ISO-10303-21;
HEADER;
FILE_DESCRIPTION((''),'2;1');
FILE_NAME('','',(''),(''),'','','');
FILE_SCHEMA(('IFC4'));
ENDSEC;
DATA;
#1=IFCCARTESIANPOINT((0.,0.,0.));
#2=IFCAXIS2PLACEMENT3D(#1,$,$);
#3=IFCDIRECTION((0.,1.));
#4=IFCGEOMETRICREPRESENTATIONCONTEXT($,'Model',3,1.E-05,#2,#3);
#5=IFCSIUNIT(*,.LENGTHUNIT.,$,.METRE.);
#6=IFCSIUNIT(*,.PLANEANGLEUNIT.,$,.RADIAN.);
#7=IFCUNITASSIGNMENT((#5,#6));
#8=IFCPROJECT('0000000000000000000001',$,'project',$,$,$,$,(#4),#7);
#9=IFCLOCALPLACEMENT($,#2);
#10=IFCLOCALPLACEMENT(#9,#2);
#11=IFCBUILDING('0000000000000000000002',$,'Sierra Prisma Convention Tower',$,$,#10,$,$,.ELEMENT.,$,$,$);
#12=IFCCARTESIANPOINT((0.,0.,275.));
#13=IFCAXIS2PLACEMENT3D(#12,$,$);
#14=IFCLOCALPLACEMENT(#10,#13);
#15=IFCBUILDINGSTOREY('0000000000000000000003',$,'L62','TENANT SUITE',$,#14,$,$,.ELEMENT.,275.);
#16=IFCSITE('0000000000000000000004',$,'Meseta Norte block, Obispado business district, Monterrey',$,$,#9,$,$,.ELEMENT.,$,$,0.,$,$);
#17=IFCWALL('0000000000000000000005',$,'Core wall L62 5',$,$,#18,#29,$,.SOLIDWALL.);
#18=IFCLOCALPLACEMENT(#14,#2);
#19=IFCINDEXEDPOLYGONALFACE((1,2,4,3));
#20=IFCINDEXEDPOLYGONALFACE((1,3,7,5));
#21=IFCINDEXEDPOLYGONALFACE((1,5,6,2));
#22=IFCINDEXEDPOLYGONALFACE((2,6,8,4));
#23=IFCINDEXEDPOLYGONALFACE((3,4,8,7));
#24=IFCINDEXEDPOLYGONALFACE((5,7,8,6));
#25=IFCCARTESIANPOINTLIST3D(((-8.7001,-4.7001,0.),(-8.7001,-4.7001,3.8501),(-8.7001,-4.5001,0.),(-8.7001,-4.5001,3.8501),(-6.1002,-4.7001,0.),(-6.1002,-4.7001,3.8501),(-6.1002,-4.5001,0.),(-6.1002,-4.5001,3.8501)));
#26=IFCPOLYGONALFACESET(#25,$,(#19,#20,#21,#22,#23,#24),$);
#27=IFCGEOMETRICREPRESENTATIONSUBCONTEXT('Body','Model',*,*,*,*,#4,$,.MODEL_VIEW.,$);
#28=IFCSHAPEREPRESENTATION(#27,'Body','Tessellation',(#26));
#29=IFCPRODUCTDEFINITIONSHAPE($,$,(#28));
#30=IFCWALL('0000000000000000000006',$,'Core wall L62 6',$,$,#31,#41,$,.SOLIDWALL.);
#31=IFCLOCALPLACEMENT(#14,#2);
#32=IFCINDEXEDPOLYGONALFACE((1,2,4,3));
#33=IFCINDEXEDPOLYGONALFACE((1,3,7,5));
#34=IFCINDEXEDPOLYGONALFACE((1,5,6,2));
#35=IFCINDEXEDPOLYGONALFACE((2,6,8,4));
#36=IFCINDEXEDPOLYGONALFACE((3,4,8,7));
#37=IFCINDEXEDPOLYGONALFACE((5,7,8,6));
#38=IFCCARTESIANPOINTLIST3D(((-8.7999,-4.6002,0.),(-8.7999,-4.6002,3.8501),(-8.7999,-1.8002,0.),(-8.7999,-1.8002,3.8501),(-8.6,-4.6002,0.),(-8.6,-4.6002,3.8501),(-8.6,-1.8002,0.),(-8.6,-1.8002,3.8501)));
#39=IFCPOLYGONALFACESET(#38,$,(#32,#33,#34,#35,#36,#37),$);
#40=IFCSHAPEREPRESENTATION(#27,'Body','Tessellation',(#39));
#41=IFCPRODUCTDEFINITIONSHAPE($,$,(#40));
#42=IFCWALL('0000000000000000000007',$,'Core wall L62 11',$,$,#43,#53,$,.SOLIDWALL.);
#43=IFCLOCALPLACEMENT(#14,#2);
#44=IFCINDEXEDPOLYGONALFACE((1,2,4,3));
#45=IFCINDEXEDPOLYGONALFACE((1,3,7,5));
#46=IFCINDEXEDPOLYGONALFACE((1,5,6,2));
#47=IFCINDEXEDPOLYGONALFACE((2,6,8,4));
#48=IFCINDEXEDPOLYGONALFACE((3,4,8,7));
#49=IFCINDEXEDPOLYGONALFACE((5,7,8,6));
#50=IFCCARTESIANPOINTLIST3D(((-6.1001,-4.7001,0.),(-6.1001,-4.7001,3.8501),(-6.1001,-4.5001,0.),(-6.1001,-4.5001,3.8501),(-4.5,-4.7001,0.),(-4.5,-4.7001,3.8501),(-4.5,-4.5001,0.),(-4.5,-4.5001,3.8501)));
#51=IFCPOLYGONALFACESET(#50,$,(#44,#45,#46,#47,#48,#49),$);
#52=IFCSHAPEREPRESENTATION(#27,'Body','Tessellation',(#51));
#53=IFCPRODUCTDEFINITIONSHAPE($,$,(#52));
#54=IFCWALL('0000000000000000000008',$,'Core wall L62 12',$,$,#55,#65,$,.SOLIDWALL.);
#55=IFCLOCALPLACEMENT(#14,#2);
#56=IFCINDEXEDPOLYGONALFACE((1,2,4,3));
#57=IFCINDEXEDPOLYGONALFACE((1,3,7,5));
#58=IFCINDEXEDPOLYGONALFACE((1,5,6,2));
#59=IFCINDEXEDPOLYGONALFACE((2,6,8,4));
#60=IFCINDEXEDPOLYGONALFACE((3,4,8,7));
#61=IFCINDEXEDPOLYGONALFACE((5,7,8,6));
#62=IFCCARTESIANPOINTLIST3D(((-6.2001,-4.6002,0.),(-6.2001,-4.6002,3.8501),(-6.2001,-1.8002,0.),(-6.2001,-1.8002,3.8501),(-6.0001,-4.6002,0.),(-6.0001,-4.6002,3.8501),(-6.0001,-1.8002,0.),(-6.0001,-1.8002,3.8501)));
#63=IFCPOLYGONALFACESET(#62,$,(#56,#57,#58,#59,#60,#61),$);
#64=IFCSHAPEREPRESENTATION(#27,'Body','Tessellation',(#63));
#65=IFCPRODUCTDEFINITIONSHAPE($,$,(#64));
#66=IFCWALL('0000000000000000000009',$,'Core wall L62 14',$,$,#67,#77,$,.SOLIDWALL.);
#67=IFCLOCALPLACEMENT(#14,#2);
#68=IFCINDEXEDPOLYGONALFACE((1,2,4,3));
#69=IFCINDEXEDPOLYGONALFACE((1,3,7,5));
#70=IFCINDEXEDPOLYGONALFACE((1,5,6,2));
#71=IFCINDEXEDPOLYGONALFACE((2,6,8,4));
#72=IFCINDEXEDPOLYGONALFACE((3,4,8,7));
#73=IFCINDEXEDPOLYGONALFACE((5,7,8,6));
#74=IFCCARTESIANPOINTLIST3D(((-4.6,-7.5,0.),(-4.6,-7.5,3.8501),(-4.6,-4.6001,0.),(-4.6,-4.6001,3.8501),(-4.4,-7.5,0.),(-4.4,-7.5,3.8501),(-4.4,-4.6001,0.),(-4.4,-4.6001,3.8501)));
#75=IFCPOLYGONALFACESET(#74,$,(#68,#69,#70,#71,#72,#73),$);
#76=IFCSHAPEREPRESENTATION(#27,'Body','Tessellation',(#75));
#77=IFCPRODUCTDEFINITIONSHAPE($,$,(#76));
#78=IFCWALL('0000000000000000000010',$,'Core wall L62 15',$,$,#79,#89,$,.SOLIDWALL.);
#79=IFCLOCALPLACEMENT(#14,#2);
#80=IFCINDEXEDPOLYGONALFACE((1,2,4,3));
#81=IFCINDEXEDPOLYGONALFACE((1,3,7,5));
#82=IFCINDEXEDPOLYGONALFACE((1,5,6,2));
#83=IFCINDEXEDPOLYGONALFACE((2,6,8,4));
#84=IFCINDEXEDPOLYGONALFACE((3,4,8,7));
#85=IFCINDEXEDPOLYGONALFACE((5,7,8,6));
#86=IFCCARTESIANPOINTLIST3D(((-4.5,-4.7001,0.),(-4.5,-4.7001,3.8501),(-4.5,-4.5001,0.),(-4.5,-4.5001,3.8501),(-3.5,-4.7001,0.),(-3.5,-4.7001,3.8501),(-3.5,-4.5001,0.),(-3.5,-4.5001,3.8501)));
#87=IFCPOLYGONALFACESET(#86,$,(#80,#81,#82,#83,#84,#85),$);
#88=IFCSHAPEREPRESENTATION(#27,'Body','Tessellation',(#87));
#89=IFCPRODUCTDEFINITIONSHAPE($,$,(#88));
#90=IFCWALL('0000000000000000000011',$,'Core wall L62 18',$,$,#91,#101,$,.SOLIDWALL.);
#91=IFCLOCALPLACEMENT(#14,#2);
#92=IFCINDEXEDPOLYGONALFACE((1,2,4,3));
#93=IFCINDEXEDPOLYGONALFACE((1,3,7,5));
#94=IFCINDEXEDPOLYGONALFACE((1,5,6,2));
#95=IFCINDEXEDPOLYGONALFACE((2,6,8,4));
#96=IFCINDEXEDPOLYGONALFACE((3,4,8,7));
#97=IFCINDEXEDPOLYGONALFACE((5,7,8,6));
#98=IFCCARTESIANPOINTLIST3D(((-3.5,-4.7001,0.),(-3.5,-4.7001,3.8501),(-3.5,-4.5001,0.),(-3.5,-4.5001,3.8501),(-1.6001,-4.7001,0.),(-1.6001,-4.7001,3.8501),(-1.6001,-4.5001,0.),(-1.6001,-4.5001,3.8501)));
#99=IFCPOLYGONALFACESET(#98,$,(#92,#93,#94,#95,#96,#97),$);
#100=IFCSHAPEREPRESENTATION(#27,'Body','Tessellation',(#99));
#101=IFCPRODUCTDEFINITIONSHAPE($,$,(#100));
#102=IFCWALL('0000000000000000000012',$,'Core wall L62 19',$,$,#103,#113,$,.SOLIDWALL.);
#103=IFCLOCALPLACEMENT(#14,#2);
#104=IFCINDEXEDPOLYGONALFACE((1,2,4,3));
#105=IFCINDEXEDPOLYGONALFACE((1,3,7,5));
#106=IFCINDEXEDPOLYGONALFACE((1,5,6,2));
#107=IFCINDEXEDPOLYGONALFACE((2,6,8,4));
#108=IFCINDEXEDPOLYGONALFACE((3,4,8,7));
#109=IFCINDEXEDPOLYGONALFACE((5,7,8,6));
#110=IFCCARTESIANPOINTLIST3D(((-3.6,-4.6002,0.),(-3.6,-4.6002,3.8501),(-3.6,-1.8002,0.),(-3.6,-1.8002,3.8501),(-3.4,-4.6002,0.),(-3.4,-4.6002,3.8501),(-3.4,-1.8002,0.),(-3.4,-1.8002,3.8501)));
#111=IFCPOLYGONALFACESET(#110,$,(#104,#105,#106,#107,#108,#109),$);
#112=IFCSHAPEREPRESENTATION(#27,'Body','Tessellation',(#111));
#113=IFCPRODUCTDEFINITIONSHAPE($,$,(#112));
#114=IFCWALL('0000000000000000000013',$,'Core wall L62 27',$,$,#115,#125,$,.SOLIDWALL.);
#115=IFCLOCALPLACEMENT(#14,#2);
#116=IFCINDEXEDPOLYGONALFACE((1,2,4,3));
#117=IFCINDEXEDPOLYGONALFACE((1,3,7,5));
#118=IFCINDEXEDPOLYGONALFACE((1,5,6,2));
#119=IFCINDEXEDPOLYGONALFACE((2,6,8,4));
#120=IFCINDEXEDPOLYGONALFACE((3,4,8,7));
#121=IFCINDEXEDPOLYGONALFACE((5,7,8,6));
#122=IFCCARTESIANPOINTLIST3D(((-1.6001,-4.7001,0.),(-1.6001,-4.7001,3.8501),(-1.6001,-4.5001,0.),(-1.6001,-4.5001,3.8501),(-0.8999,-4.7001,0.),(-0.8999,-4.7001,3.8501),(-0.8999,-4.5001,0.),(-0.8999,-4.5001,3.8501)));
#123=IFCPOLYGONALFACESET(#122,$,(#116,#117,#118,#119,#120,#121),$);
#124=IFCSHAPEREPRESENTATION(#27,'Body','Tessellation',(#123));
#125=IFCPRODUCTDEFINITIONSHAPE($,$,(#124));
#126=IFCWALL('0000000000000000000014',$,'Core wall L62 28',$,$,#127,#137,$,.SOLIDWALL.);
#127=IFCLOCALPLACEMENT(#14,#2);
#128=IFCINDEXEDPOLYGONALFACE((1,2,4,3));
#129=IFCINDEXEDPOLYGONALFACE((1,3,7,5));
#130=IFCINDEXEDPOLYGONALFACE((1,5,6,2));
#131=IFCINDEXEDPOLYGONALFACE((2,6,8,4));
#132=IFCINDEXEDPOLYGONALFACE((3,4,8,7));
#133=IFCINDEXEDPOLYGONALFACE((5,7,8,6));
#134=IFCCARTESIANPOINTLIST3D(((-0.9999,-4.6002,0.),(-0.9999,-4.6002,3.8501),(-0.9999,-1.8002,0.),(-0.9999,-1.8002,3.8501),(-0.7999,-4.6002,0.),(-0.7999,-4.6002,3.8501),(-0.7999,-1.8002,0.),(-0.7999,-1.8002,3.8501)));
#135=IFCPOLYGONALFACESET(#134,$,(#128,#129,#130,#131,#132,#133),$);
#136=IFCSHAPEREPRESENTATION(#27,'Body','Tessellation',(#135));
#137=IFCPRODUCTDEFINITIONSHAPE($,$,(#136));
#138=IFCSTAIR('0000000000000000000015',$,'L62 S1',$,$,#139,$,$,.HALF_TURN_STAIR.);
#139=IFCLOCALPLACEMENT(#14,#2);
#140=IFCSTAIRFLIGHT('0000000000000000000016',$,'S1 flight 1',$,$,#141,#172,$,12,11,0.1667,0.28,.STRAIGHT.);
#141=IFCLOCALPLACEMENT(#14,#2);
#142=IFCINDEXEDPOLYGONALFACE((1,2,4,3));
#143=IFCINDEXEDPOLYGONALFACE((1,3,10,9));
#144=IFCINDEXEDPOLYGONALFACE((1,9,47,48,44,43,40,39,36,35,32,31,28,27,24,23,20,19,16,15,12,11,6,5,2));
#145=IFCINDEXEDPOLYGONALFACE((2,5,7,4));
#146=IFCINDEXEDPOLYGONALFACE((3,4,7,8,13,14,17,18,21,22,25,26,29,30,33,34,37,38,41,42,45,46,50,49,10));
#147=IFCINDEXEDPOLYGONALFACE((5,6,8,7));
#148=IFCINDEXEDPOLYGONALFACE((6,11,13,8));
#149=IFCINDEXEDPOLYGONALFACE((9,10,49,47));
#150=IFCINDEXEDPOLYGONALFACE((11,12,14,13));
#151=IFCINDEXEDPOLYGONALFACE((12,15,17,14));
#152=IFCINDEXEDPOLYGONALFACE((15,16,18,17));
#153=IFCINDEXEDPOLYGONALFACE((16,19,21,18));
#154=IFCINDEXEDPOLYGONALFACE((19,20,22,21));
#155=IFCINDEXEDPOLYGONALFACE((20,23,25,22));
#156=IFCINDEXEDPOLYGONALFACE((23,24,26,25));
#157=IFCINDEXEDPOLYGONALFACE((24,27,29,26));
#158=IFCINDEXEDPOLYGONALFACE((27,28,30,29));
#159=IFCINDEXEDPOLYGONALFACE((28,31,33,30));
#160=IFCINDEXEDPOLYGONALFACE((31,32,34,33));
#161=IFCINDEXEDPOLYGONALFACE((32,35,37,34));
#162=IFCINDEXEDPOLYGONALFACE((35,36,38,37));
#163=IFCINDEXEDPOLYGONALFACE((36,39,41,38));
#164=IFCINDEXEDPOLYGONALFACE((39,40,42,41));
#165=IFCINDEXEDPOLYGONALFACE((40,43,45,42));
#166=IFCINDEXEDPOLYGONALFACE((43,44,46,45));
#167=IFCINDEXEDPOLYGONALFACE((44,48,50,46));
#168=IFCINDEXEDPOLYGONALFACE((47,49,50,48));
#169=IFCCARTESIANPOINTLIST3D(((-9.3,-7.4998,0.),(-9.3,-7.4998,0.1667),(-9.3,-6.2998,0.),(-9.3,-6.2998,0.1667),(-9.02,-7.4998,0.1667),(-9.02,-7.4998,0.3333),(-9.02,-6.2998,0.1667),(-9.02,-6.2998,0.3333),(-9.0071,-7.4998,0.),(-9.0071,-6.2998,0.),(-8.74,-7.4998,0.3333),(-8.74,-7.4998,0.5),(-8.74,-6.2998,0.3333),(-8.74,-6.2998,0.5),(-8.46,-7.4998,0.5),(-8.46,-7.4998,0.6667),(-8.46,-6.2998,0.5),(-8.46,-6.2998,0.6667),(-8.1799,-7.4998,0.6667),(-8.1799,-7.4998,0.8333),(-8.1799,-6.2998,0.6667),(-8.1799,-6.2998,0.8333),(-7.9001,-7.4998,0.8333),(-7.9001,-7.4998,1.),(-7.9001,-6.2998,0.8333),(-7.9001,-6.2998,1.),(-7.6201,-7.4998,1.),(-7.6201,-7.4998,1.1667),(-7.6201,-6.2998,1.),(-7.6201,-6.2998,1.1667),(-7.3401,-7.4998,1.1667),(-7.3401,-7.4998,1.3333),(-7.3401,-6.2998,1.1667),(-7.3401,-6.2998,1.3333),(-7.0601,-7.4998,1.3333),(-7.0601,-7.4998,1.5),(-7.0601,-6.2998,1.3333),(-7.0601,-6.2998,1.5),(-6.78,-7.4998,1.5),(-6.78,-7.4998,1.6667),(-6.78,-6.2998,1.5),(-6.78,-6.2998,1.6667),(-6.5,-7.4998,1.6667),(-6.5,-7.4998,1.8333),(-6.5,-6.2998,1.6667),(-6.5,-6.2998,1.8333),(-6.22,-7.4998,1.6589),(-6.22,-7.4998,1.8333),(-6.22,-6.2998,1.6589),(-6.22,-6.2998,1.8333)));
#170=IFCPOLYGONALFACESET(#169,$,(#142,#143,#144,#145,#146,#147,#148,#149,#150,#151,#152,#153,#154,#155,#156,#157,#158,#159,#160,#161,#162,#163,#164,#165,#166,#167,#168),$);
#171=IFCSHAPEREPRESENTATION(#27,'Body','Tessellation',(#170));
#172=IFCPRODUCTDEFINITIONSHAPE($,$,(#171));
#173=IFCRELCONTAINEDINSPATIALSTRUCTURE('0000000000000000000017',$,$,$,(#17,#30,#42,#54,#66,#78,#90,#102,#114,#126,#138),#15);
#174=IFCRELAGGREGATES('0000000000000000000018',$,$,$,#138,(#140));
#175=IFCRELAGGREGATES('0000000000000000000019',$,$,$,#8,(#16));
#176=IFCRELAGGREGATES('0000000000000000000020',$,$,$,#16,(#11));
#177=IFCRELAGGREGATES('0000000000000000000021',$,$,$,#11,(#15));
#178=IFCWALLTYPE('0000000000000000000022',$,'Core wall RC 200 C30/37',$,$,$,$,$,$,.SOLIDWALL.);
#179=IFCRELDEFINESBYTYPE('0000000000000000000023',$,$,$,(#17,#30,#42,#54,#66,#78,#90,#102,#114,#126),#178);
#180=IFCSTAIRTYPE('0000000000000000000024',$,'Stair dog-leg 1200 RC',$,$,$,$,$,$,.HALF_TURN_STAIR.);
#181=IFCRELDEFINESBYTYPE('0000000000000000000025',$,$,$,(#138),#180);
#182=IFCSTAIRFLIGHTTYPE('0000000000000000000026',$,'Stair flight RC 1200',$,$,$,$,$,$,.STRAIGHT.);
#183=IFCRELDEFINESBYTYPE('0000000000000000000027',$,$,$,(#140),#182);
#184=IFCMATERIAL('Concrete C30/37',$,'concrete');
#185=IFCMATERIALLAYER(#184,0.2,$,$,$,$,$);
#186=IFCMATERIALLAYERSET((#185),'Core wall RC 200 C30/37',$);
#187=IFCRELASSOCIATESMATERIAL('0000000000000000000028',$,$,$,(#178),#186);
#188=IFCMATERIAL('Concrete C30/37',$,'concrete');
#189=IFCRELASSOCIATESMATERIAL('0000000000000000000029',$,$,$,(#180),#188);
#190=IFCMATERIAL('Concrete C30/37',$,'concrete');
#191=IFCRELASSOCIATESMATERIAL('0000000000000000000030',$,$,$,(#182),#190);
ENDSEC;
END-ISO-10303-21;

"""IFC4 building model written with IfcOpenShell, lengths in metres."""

from ifc_helpers import new_model, si_unit, direction, frame, frame_2d, origin, place, context, subcontext, project, spatial, polyline, rectangle, outline, extrude, material, layer, layer_set, type_object, element, aggregate, save


model = new_model("IFC4")

# Units and contexts
model_context = context("Model", 3, precision=1e-05, world=origin(), true_north=direction((0.0, 1.0)))
body_context = subcontext(model_context, "Body", "Model", "MODEL_VIEW")
ifc_project = project(units=[si_unit("LENGTHUNIT", "METRE"), si_unit("PLANEANGLEUNIT", "RADIAN")], contexts=[model_context])

# Site, building, storey
site_placement = place(None, origin())
site = spatial("IfcSite", under=ifc_project, at=site_placement, Name="Meseta Norte block, Obispado business district, Monterrey", CompositionType="ELEMENT", RefElevation=0.0)
building_placement = place(site_placement, origin())
building = spatial("IfcBuilding", under=site, at=building_placement, Name="Sierra Prisma Convention Tower", CompositionType="ELEMENT")
storey_placement = place(building_placement, frame((0.0, 0.0, 275.0)))
storey = spatial("IfcBuildingStorey", under=building, at=storey_placement, Name="L62", Description="TENANT SUITE", CompositionType="ELEMENT", Elevation=275.0)

# Shared definitions
ifc_material_1 = material(Name="Concrete C30/37", Category="concrete")
ifc_layer = layer(ifc_material_1, 0.2)
ifc_layer_set = layer_set([ifc_layer], Name="Core wall RC 200 C30/37")
wall_type = type_object("IfcWallType", Name="Core wall RC 200 C30/37", PredefinedType="SOLIDWALL", material=ifc_layer_set)

# Walls
wall_1_placement = place(storey_placement, frame((-8.7, -4.6001, 0.0), z_axis=(0.0, 0.0, 1.0), x_axis=(1.0, 0.0, 0.0)))
element("IfcWall", 1, at=wall_1_placement, inside=storey, type_object=wall_type, Name="Core wall L62 5", PredefinedType="SOLIDWALL", context=body_context, shape_type="SweptSolid", body=[
    extrude(rectangle(XDim=2.5999, YDim=0.2, at=frame_2d((1.2998, 0.0))), origin(), (0.0, 0.0, 1.0), 3.8501),
])
wall_2_placement = place(storey_placement, frame((-8.7, -4.6001, 0.0), z_axis=(0.0, 0.0, 1.0), x_axis=(0.0, 1.0, 0.0)))
element("IfcWall", 2, at=wall_2_placement, inside=storey, type_object=wall_type, Name="Core wall L62 6", PredefinedType="SOLIDWALL", context=body_context, shape_type="SweptSolid", body=[
    extrude(rectangle(XDim=2.8, YDim=0.2, at=frame_2d((1.3999, 0.0))), origin(), (0.0, 0.0, 1.0), 3.8501),
])

# Walls
wall_3_placement = place(storey_placement, frame((-6.1001, -4.6001, 0.0), z_axis=(0.0, 0.0, 1.0), x_axis=(1.0, 0.0, 0.0)))
element("IfcWall", 3, at=wall_3_placement, inside=storey, type_object=wall_type, Name="Core wall L62 11", PredefinedType="SOLIDWALL", context=body_context, shape_type="SweptSolid", body=[
    extrude(rectangle(XDim=1.6001, YDim=0.2, at=frame_2d((0.8, 0.0))), origin(), (0.0, 0.0, 1.0), 3.8501),
])
wall_4_placement = place(storey_placement, frame((-6.1001, -4.6001, 0.0), z_axis=(0.0, 0.0, 1.0), x_axis=(0.0, 1.0, 0.0)))
element("IfcWall", 4, at=wall_4_placement, inside=storey, type_object=wall_type, Name="Core wall L62 12", PredefinedType="SOLIDWALL", context=body_context, shape_type="SweptSolid", body=[
    extrude(rectangle(XDim=2.8, YDim=0.2, at=frame_2d((1.3999, 0.0))), origin(), (0.0, 0.0, 1.0), 3.8501),
])

# Walls
wall_5_placement = place(storey_placement, frame((-4.5, -4.6001, 0.0), z_axis=(0.0, 0.0, 1.0), x_axis=(0.0, -1.0, 0.0)))
element("IfcWall", 5, at=wall_5_placement, inside=storey, type_object=wall_type, Name="Core wall L62 14", PredefinedType="SOLIDWALL", context=body_context, shape_type="SweptSolid", body=[
    extrude(rectangle(XDim=2.8999, YDim=0.2, at=frame_2d((1.45, 0.0))), origin(), (0.0, 0.0, 1.0), 3.8501),
])
wall_6_placement = place(storey_placement, frame((-4.5, -4.6001, 0.0), z_axis=(0.0, 0.0, 1.0), x_axis=(1.0, 0.0, 0.0)))
element("IfcWall", 6, at=wall_6_placement, inside=storey, type_object=wall_type, Name="Core wall L62 15", PredefinedType="SOLIDWALL", context=body_context, shape_type="SweptSolid", body=[
    extrude(rectangle(XDim=1.0, YDim=0.2, at=frame_2d((0.5, 0.0))), origin(), (0.0, 0.0, 1.0), 3.8501),
])
wall_7_placement = place(storey_placement, frame((-3.5, -4.6001, 0.0), z_axis=(0.0, 0.0, 1.0), x_axis=(1.0, 0.0, 0.0)))
element("IfcWall", 7, at=wall_7_placement, inside=storey, type_object=wall_type, Name="Core wall L62 18", PredefinedType="SOLIDWALL", context=body_context, shape_type="SweptSolid", body=[
    extrude(rectangle(XDim=1.8999, YDim=0.2, at=frame_2d((0.95, 0.0))), origin(), (0.0, 0.0, 1.0), 3.8501),
])
wall_8_placement = place(storey_placement, frame((-3.5, -4.6001, 0.0), z_axis=(0.0, 0.0, 1.0), x_axis=(0.0, 1.0, 0.0)))
element("IfcWall", 8, at=wall_8_placement, inside=storey, type_object=wall_type, Name="Core wall L62 19", PredefinedType="SOLIDWALL", context=body_context, shape_type="SweptSolid", body=[
    extrude(rectangle(XDim=2.8, YDim=0.2, at=frame_2d((1.3999, 0.0))), origin(), (0.0, 0.0, 1.0), 3.8501),
])

# Walls
wall_9_placement = place(storey_placement, frame((-1.6001, -4.6001, 0.0), z_axis=(0.0, 0.0, 1.0), x_axis=(1.0, 0.0, 0.0)))
element("IfcWall", 9, at=wall_9_placement, inside=storey, type_object=wall_type, Name="Core wall L62 27", PredefinedType="SOLIDWALL", context=body_context, shape_type="SweptSolid", body=[
    extrude(rectangle(XDim=0.7002, YDim=0.2, at=frame_2d((0.3501, 0.0))), origin(), (0.0, 0.0, 1.0), 3.8501),
])
wall_10_placement = place(storey_placement, frame((-0.8999, -4.6001, 0.0), z_axis=(0.0, 0.0, 1.0), x_axis=(0.0, 1.0, 0.0)))
element("IfcWall", 10, at=wall_10_placement, inside=storey, type_object=wall_type, Name="Core wall L62 28", PredefinedType="SOLIDWALL", context=body_context, shape_type="SweptSolid", body=[
    extrude(rectangle(XDim=2.8, YDim=0.2, at=frame_2d((1.3999, 0.0))), origin(), (0.0, 0.0, 1.0), 3.8501),
])

# Stair, stair flight
ifc_material_2 = material(Name="Concrete C30/37", Category="concrete")
stair_type = type_object("IfcStairType", Name="Stair dog-leg 1200 RC", PredefinedType="HALF_TURN_STAIR", material=ifc_material_2)
stair_placement = place(storey_placement, origin())
stair = element("IfcStair", 11, at=stair_placement, inside=storey, type_object=stair_type, Name="L62 S1", PredefinedType="HALF_TURN_STAIR")
ifc_material_3 = material(Name="Concrete C30/37", Category="concrete")
stair_flight_type = type_object("IfcStairFlightType", Name="Stair flight RC 1200", PredefinedType="STRAIGHT", material=ifc_material_3)
stair_flight_1_placement = place(storey_placement, frame((-9.3, -6.8999, 0.0), z_axis=(0.0, 0.0, 1.0), x_axis=(1.0, 0.0, 0.0)))
stair_flight_1 = element("IfcStairFlight", 12, at=stair_flight_1_placement, type_object=stair_flight_type, Name="S1 flight 1", NumberOfRisers=12, NumberOfTreads=11, PredefinedType="STRAIGHT", RiserHeight=0.1667, TreadLength=0.28, context=body_context, shape_type="SweptSolid", body=[
    extrude(outline(polyline([(0.0, 0.0), (0.0, 0.1667), (0.28, 0.1667), (0.28, 0.3333), (0.5601, 0.3333), (0.5601, 0.5), (0.8401, 0.5), (0.8401, 0.6667), (1.1201, 0.6667), (1.1201, 0.8333), (1.3999, 0.8333), (1.3999, 1.0), (1.6799, 1.0), (1.6799, 1.1667), (1.96, 1.1667), (1.96, 1.3333), (2.24, 1.3333), (2.24, 1.5), (2.52, 1.5), (2.52, 1.6667), (2.8, 1.6667), (2.8, 1.8333), (3.0801, 1.8333), (3.0801, 2.0), (3.0801, 1.6589), (0.293, 0.0), (0.0, 0.0)])), frame((0.0, 0.6001, 0.0), z_axis=(0.0, -1.0, 0.0), x_axis=(1.0, 0.0, 0.0)), (0.0, 0.0, 1.0), 1.2),
])
aggregate(stair, [stair_flight_1])

save(model, "model.ifc")
